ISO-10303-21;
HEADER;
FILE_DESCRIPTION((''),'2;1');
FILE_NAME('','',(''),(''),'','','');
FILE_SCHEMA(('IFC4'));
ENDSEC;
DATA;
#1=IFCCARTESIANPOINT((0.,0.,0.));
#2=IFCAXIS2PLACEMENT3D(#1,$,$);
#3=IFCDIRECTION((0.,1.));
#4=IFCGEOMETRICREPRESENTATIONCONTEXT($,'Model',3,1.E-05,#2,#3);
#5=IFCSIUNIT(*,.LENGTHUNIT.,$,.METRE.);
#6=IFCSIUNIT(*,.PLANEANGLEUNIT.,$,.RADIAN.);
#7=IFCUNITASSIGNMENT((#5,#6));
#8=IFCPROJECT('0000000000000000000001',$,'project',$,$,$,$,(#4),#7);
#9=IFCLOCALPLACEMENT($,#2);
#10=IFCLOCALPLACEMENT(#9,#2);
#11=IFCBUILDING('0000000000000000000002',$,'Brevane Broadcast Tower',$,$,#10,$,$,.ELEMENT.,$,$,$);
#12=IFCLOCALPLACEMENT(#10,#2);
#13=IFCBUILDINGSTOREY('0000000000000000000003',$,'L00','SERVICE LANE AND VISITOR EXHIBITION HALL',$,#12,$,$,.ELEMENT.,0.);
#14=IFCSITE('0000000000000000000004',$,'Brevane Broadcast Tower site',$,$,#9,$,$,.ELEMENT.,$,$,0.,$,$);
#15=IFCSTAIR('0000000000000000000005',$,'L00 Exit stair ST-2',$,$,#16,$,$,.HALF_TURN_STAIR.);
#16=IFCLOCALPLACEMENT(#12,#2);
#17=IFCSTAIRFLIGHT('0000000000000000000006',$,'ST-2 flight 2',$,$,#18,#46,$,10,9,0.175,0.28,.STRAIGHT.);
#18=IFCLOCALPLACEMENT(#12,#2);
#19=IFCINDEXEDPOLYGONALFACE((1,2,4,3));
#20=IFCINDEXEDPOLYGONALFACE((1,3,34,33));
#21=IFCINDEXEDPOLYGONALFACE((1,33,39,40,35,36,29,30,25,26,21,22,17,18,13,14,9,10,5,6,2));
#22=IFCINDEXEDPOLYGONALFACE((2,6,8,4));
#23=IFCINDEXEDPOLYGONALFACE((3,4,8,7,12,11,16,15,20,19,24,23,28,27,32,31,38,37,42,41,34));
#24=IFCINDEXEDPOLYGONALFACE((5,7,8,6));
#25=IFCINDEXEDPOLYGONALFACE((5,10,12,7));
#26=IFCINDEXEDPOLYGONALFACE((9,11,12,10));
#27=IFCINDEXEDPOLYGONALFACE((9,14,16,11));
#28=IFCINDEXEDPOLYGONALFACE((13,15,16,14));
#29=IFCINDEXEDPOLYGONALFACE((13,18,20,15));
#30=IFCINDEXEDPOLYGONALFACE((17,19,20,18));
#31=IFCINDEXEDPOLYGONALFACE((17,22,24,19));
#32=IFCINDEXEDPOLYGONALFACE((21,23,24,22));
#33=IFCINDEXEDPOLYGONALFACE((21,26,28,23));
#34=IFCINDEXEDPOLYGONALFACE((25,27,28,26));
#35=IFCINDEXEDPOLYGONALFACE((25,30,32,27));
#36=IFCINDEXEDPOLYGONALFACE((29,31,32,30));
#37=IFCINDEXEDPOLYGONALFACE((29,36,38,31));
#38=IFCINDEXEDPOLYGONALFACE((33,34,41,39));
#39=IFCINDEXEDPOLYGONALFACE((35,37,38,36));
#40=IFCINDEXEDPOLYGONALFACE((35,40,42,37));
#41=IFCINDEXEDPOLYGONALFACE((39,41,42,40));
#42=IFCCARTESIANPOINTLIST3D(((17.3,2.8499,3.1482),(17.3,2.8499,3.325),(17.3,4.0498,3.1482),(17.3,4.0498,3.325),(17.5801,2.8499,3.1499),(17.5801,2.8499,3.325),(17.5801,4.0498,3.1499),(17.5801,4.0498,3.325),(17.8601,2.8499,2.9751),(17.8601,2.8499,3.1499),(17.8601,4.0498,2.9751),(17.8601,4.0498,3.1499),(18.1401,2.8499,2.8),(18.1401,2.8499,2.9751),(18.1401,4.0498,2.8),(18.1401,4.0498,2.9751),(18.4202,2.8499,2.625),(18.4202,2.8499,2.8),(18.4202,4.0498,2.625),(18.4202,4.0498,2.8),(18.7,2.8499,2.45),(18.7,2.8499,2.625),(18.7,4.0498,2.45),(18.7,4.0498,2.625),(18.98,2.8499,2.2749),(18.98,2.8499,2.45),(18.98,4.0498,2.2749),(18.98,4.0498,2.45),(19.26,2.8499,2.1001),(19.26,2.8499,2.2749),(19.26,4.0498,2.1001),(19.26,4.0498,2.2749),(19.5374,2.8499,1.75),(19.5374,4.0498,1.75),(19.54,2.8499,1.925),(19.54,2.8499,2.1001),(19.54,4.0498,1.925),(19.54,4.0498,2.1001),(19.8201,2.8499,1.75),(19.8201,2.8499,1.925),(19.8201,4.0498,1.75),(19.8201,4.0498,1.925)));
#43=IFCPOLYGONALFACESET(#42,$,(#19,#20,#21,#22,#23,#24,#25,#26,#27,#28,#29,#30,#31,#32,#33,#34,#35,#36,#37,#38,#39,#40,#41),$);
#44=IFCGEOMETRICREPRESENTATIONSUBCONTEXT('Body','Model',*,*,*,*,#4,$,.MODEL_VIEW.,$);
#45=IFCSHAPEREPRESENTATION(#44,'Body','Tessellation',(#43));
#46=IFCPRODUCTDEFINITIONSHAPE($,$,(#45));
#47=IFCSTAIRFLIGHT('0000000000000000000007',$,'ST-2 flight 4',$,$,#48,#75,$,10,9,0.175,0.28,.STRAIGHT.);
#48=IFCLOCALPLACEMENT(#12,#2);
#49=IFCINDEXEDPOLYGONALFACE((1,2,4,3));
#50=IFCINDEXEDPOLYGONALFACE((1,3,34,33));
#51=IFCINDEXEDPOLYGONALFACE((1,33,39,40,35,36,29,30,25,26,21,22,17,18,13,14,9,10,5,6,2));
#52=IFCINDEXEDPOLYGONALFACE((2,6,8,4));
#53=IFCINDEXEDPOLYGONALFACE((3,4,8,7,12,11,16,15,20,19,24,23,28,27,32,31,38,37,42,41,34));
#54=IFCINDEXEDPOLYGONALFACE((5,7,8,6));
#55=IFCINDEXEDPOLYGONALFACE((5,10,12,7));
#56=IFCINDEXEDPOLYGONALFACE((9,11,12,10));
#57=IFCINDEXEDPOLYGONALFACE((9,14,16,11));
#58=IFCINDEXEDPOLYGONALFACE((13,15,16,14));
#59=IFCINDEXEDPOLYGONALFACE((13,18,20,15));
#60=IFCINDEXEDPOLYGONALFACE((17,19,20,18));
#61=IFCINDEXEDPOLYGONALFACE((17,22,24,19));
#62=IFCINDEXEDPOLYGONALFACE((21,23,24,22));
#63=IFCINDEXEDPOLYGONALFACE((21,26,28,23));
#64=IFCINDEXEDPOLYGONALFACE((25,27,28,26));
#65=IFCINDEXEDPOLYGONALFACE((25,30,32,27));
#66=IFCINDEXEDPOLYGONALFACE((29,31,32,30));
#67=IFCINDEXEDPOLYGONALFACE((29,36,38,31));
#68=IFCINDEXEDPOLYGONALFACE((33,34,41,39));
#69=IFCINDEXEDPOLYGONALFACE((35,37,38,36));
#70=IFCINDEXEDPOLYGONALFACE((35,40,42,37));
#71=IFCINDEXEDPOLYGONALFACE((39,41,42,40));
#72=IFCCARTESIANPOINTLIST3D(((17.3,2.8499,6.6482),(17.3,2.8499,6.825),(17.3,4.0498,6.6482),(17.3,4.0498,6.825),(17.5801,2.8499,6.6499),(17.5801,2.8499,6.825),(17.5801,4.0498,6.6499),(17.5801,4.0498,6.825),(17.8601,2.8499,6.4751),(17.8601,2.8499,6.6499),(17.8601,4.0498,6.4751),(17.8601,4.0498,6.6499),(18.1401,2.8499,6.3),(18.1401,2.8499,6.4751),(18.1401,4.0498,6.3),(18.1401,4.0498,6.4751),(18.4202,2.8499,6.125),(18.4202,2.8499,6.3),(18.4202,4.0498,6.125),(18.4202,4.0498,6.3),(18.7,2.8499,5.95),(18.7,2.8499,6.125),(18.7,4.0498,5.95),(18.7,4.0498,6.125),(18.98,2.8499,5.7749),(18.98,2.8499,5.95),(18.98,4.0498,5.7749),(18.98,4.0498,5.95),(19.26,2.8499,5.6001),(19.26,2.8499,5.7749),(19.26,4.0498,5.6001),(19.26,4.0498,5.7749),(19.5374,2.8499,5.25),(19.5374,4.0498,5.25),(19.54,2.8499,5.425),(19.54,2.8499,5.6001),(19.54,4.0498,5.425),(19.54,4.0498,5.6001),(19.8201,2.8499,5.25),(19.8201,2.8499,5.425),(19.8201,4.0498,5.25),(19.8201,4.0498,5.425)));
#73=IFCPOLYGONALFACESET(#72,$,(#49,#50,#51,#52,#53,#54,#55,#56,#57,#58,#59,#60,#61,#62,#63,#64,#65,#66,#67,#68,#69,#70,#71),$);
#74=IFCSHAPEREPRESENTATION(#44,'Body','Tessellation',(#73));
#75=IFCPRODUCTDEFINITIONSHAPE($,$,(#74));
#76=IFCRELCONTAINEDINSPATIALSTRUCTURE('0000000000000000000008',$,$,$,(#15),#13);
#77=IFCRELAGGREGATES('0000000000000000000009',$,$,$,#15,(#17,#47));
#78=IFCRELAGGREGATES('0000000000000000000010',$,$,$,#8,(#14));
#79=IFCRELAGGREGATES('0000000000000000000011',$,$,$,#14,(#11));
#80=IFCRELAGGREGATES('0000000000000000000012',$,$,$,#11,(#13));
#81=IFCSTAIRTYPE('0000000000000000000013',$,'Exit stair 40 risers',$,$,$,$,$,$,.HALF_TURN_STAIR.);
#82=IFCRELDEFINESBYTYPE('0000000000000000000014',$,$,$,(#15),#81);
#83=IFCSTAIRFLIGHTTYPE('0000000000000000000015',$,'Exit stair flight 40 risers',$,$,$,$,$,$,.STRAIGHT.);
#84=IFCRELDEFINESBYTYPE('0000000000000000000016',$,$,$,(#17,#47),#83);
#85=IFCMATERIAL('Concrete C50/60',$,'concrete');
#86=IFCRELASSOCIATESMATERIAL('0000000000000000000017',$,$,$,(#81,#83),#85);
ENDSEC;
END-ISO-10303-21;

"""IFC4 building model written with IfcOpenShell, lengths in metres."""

from ifc_helpers import new_model, si_unit, direction, frame, origin, place, context, subcontext, project, spatial, polyline, outline, extrude, material, type_object, element, aggregate, save


model = new_model("IFC4")

# Units and contexts
model_context = context("Model", 3, precision=1e-05, world=origin(), true_north=direction((0.0, 1.0)))
body_context = subcontext(model_context, "Body", "Model", "MODEL_VIEW")
ifc_project = project(units=[si_unit("LENGTHUNIT", "METRE"), si_unit("PLANEANGLEUNIT", "RADIAN")], contexts=[model_context])

# Site, building, storey
site_placement = place(None, origin())
site = spatial("IfcSite", under=ifc_project, at=site_placement, Name="Brevane Broadcast Tower site", CompositionType="ELEMENT", RefElevation=0.0)
building_placement = place(site_placement, origin())
building = spatial("IfcBuilding", under=site, at=building_placement, Name="Brevane Broadcast Tower", CompositionType="ELEMENT")
storey_placement = place(building_placement, origin())
storey = spatial("IfcBuildingStorey", under=building, at=storey_placement, Name="L00", Description="SERVICE LANE AND VISITOR EXHIBITION HALL", CompositionType="ELEMENT", Elevation=0.0)

# Stair, stair flights
ifc_material_1 = material(Name="Concrete C50/60", Category="concrete")
stair_type = type_object("IfcStairType", Name="Exit stair 40 risers", PredefinedType="HALF_TURN_STAIR", material=ifc_material_1)
stair_placement = place(storey_placement, origin())
stair = element("IfcStair", 1, at=stair_placement, inside=storey, type_object=stair_type, Name="L00 Exit stair ST-2", PredefinedType="HALF_TURN_STAIR")
stair_flight_type = type_object("IfcStairFlightType", Name="Exit stair flight 40 risers", PredefinedType="STRAIGHT", material=ifc_material_1)
stair_flight_1_placement = place(storey_placement, frame((19.8201, 3.45, 1.75), z_axis=(0.0, 0.0, 1.0), x_axis=(-1.0, 0.0, 0.0)))
stair_flight_1 = element("IfcStairFlight", 2, at=stair_flight_1_placement, type_object=stair_flight_type, Name="ST-2 flight 2", NumberOfRisers=10, NumberOfTreads=9, PredefinedType="STRAIGHT", RiserHeight=0.175, TreadLength=0.28, context=body_context, shape_type="SweptSolid", body=[
    extrude(outline(polyline([(0.0, 0.0), (0.0, 0.175), (0.28, 0.175), (0.28, 0.3501), (0.5601, 0.3501), (0.5601, 0.5249), (0.8401, 0.5249), (0.8401, 0.7), (1.1201, 0.7), (1.1201, 0.875), (1.3999, 0.875), (1.3999, 1.05), (1.6799, 1.05), (1.6799, 1.2251), (1.96, 1.2251), (1.96, 1.3999), (2.24, 1.3999), (2.24, 1.575), (2.52, 1.575), (2.52, 1.75), (2.52, 1.3982), (0.2827, 0.0), (0.0, 0.0)])), frame((0.0, 0.6001, 0.0), z_axis=(0.0, -1.0, 0.0), x_axis=(1.0, 0.0, 0.0)), (0.0, 0.0, 1.0), 1.2),
])
stair_flight_2_placement = place(storey_placement, frame((19.8201, 3.45, 5.25), z_axis=(0.0, 0.0, 1.0), x_axis=(-1.0, 0.0, 0.0)))
stair_flight_2 = element("IfcStairFlight", 3, at=stair_flight_2_placement, type_object=stair_flight_type, Name="ST-2 flight 4", NumberOfRisers=10, NumberOfTreads=9, PredefinedType="STRAIGHT", RiserHeight=0.175, TreadLength=0.28, context=body_context, shape_type="SweptSolid", body=[
    extrude(outline(polyline([(0.0, 0.0), (0.0, 0.175), (0.28, 0.175), (0.28, 0.3501), (0.5601, 0.3501), (0.5601, 0.5249), (0.8401, 0.5249), (0.8401, 0.7), (1.1201, 0.7), (1.1201, 0.875), (1.3999, 0.875), (1.3999, 1.05), (1.6799, 1.05), (1.6799, 1.2251), (1.96, 1.2251), (1.96, 1.3999), (2.24, 1.3999), (2.24, 1.575), (2.52, 1.575), (2.52, 1.75), (2.52, 1.3982), (0.2827, 0.0), (0.0, 0.0)])), frame((0.0, 0.6001, 0.0), z_axis=(0.0, -1.0, 0.0), x_axis=(1.0, 0.0, 0.0)), (0.0, 0.0, 1.0), 1.2),
])
aggregate(stair, [stair_flight_1, stair_flight_2])

save(model, "model.ifc")
